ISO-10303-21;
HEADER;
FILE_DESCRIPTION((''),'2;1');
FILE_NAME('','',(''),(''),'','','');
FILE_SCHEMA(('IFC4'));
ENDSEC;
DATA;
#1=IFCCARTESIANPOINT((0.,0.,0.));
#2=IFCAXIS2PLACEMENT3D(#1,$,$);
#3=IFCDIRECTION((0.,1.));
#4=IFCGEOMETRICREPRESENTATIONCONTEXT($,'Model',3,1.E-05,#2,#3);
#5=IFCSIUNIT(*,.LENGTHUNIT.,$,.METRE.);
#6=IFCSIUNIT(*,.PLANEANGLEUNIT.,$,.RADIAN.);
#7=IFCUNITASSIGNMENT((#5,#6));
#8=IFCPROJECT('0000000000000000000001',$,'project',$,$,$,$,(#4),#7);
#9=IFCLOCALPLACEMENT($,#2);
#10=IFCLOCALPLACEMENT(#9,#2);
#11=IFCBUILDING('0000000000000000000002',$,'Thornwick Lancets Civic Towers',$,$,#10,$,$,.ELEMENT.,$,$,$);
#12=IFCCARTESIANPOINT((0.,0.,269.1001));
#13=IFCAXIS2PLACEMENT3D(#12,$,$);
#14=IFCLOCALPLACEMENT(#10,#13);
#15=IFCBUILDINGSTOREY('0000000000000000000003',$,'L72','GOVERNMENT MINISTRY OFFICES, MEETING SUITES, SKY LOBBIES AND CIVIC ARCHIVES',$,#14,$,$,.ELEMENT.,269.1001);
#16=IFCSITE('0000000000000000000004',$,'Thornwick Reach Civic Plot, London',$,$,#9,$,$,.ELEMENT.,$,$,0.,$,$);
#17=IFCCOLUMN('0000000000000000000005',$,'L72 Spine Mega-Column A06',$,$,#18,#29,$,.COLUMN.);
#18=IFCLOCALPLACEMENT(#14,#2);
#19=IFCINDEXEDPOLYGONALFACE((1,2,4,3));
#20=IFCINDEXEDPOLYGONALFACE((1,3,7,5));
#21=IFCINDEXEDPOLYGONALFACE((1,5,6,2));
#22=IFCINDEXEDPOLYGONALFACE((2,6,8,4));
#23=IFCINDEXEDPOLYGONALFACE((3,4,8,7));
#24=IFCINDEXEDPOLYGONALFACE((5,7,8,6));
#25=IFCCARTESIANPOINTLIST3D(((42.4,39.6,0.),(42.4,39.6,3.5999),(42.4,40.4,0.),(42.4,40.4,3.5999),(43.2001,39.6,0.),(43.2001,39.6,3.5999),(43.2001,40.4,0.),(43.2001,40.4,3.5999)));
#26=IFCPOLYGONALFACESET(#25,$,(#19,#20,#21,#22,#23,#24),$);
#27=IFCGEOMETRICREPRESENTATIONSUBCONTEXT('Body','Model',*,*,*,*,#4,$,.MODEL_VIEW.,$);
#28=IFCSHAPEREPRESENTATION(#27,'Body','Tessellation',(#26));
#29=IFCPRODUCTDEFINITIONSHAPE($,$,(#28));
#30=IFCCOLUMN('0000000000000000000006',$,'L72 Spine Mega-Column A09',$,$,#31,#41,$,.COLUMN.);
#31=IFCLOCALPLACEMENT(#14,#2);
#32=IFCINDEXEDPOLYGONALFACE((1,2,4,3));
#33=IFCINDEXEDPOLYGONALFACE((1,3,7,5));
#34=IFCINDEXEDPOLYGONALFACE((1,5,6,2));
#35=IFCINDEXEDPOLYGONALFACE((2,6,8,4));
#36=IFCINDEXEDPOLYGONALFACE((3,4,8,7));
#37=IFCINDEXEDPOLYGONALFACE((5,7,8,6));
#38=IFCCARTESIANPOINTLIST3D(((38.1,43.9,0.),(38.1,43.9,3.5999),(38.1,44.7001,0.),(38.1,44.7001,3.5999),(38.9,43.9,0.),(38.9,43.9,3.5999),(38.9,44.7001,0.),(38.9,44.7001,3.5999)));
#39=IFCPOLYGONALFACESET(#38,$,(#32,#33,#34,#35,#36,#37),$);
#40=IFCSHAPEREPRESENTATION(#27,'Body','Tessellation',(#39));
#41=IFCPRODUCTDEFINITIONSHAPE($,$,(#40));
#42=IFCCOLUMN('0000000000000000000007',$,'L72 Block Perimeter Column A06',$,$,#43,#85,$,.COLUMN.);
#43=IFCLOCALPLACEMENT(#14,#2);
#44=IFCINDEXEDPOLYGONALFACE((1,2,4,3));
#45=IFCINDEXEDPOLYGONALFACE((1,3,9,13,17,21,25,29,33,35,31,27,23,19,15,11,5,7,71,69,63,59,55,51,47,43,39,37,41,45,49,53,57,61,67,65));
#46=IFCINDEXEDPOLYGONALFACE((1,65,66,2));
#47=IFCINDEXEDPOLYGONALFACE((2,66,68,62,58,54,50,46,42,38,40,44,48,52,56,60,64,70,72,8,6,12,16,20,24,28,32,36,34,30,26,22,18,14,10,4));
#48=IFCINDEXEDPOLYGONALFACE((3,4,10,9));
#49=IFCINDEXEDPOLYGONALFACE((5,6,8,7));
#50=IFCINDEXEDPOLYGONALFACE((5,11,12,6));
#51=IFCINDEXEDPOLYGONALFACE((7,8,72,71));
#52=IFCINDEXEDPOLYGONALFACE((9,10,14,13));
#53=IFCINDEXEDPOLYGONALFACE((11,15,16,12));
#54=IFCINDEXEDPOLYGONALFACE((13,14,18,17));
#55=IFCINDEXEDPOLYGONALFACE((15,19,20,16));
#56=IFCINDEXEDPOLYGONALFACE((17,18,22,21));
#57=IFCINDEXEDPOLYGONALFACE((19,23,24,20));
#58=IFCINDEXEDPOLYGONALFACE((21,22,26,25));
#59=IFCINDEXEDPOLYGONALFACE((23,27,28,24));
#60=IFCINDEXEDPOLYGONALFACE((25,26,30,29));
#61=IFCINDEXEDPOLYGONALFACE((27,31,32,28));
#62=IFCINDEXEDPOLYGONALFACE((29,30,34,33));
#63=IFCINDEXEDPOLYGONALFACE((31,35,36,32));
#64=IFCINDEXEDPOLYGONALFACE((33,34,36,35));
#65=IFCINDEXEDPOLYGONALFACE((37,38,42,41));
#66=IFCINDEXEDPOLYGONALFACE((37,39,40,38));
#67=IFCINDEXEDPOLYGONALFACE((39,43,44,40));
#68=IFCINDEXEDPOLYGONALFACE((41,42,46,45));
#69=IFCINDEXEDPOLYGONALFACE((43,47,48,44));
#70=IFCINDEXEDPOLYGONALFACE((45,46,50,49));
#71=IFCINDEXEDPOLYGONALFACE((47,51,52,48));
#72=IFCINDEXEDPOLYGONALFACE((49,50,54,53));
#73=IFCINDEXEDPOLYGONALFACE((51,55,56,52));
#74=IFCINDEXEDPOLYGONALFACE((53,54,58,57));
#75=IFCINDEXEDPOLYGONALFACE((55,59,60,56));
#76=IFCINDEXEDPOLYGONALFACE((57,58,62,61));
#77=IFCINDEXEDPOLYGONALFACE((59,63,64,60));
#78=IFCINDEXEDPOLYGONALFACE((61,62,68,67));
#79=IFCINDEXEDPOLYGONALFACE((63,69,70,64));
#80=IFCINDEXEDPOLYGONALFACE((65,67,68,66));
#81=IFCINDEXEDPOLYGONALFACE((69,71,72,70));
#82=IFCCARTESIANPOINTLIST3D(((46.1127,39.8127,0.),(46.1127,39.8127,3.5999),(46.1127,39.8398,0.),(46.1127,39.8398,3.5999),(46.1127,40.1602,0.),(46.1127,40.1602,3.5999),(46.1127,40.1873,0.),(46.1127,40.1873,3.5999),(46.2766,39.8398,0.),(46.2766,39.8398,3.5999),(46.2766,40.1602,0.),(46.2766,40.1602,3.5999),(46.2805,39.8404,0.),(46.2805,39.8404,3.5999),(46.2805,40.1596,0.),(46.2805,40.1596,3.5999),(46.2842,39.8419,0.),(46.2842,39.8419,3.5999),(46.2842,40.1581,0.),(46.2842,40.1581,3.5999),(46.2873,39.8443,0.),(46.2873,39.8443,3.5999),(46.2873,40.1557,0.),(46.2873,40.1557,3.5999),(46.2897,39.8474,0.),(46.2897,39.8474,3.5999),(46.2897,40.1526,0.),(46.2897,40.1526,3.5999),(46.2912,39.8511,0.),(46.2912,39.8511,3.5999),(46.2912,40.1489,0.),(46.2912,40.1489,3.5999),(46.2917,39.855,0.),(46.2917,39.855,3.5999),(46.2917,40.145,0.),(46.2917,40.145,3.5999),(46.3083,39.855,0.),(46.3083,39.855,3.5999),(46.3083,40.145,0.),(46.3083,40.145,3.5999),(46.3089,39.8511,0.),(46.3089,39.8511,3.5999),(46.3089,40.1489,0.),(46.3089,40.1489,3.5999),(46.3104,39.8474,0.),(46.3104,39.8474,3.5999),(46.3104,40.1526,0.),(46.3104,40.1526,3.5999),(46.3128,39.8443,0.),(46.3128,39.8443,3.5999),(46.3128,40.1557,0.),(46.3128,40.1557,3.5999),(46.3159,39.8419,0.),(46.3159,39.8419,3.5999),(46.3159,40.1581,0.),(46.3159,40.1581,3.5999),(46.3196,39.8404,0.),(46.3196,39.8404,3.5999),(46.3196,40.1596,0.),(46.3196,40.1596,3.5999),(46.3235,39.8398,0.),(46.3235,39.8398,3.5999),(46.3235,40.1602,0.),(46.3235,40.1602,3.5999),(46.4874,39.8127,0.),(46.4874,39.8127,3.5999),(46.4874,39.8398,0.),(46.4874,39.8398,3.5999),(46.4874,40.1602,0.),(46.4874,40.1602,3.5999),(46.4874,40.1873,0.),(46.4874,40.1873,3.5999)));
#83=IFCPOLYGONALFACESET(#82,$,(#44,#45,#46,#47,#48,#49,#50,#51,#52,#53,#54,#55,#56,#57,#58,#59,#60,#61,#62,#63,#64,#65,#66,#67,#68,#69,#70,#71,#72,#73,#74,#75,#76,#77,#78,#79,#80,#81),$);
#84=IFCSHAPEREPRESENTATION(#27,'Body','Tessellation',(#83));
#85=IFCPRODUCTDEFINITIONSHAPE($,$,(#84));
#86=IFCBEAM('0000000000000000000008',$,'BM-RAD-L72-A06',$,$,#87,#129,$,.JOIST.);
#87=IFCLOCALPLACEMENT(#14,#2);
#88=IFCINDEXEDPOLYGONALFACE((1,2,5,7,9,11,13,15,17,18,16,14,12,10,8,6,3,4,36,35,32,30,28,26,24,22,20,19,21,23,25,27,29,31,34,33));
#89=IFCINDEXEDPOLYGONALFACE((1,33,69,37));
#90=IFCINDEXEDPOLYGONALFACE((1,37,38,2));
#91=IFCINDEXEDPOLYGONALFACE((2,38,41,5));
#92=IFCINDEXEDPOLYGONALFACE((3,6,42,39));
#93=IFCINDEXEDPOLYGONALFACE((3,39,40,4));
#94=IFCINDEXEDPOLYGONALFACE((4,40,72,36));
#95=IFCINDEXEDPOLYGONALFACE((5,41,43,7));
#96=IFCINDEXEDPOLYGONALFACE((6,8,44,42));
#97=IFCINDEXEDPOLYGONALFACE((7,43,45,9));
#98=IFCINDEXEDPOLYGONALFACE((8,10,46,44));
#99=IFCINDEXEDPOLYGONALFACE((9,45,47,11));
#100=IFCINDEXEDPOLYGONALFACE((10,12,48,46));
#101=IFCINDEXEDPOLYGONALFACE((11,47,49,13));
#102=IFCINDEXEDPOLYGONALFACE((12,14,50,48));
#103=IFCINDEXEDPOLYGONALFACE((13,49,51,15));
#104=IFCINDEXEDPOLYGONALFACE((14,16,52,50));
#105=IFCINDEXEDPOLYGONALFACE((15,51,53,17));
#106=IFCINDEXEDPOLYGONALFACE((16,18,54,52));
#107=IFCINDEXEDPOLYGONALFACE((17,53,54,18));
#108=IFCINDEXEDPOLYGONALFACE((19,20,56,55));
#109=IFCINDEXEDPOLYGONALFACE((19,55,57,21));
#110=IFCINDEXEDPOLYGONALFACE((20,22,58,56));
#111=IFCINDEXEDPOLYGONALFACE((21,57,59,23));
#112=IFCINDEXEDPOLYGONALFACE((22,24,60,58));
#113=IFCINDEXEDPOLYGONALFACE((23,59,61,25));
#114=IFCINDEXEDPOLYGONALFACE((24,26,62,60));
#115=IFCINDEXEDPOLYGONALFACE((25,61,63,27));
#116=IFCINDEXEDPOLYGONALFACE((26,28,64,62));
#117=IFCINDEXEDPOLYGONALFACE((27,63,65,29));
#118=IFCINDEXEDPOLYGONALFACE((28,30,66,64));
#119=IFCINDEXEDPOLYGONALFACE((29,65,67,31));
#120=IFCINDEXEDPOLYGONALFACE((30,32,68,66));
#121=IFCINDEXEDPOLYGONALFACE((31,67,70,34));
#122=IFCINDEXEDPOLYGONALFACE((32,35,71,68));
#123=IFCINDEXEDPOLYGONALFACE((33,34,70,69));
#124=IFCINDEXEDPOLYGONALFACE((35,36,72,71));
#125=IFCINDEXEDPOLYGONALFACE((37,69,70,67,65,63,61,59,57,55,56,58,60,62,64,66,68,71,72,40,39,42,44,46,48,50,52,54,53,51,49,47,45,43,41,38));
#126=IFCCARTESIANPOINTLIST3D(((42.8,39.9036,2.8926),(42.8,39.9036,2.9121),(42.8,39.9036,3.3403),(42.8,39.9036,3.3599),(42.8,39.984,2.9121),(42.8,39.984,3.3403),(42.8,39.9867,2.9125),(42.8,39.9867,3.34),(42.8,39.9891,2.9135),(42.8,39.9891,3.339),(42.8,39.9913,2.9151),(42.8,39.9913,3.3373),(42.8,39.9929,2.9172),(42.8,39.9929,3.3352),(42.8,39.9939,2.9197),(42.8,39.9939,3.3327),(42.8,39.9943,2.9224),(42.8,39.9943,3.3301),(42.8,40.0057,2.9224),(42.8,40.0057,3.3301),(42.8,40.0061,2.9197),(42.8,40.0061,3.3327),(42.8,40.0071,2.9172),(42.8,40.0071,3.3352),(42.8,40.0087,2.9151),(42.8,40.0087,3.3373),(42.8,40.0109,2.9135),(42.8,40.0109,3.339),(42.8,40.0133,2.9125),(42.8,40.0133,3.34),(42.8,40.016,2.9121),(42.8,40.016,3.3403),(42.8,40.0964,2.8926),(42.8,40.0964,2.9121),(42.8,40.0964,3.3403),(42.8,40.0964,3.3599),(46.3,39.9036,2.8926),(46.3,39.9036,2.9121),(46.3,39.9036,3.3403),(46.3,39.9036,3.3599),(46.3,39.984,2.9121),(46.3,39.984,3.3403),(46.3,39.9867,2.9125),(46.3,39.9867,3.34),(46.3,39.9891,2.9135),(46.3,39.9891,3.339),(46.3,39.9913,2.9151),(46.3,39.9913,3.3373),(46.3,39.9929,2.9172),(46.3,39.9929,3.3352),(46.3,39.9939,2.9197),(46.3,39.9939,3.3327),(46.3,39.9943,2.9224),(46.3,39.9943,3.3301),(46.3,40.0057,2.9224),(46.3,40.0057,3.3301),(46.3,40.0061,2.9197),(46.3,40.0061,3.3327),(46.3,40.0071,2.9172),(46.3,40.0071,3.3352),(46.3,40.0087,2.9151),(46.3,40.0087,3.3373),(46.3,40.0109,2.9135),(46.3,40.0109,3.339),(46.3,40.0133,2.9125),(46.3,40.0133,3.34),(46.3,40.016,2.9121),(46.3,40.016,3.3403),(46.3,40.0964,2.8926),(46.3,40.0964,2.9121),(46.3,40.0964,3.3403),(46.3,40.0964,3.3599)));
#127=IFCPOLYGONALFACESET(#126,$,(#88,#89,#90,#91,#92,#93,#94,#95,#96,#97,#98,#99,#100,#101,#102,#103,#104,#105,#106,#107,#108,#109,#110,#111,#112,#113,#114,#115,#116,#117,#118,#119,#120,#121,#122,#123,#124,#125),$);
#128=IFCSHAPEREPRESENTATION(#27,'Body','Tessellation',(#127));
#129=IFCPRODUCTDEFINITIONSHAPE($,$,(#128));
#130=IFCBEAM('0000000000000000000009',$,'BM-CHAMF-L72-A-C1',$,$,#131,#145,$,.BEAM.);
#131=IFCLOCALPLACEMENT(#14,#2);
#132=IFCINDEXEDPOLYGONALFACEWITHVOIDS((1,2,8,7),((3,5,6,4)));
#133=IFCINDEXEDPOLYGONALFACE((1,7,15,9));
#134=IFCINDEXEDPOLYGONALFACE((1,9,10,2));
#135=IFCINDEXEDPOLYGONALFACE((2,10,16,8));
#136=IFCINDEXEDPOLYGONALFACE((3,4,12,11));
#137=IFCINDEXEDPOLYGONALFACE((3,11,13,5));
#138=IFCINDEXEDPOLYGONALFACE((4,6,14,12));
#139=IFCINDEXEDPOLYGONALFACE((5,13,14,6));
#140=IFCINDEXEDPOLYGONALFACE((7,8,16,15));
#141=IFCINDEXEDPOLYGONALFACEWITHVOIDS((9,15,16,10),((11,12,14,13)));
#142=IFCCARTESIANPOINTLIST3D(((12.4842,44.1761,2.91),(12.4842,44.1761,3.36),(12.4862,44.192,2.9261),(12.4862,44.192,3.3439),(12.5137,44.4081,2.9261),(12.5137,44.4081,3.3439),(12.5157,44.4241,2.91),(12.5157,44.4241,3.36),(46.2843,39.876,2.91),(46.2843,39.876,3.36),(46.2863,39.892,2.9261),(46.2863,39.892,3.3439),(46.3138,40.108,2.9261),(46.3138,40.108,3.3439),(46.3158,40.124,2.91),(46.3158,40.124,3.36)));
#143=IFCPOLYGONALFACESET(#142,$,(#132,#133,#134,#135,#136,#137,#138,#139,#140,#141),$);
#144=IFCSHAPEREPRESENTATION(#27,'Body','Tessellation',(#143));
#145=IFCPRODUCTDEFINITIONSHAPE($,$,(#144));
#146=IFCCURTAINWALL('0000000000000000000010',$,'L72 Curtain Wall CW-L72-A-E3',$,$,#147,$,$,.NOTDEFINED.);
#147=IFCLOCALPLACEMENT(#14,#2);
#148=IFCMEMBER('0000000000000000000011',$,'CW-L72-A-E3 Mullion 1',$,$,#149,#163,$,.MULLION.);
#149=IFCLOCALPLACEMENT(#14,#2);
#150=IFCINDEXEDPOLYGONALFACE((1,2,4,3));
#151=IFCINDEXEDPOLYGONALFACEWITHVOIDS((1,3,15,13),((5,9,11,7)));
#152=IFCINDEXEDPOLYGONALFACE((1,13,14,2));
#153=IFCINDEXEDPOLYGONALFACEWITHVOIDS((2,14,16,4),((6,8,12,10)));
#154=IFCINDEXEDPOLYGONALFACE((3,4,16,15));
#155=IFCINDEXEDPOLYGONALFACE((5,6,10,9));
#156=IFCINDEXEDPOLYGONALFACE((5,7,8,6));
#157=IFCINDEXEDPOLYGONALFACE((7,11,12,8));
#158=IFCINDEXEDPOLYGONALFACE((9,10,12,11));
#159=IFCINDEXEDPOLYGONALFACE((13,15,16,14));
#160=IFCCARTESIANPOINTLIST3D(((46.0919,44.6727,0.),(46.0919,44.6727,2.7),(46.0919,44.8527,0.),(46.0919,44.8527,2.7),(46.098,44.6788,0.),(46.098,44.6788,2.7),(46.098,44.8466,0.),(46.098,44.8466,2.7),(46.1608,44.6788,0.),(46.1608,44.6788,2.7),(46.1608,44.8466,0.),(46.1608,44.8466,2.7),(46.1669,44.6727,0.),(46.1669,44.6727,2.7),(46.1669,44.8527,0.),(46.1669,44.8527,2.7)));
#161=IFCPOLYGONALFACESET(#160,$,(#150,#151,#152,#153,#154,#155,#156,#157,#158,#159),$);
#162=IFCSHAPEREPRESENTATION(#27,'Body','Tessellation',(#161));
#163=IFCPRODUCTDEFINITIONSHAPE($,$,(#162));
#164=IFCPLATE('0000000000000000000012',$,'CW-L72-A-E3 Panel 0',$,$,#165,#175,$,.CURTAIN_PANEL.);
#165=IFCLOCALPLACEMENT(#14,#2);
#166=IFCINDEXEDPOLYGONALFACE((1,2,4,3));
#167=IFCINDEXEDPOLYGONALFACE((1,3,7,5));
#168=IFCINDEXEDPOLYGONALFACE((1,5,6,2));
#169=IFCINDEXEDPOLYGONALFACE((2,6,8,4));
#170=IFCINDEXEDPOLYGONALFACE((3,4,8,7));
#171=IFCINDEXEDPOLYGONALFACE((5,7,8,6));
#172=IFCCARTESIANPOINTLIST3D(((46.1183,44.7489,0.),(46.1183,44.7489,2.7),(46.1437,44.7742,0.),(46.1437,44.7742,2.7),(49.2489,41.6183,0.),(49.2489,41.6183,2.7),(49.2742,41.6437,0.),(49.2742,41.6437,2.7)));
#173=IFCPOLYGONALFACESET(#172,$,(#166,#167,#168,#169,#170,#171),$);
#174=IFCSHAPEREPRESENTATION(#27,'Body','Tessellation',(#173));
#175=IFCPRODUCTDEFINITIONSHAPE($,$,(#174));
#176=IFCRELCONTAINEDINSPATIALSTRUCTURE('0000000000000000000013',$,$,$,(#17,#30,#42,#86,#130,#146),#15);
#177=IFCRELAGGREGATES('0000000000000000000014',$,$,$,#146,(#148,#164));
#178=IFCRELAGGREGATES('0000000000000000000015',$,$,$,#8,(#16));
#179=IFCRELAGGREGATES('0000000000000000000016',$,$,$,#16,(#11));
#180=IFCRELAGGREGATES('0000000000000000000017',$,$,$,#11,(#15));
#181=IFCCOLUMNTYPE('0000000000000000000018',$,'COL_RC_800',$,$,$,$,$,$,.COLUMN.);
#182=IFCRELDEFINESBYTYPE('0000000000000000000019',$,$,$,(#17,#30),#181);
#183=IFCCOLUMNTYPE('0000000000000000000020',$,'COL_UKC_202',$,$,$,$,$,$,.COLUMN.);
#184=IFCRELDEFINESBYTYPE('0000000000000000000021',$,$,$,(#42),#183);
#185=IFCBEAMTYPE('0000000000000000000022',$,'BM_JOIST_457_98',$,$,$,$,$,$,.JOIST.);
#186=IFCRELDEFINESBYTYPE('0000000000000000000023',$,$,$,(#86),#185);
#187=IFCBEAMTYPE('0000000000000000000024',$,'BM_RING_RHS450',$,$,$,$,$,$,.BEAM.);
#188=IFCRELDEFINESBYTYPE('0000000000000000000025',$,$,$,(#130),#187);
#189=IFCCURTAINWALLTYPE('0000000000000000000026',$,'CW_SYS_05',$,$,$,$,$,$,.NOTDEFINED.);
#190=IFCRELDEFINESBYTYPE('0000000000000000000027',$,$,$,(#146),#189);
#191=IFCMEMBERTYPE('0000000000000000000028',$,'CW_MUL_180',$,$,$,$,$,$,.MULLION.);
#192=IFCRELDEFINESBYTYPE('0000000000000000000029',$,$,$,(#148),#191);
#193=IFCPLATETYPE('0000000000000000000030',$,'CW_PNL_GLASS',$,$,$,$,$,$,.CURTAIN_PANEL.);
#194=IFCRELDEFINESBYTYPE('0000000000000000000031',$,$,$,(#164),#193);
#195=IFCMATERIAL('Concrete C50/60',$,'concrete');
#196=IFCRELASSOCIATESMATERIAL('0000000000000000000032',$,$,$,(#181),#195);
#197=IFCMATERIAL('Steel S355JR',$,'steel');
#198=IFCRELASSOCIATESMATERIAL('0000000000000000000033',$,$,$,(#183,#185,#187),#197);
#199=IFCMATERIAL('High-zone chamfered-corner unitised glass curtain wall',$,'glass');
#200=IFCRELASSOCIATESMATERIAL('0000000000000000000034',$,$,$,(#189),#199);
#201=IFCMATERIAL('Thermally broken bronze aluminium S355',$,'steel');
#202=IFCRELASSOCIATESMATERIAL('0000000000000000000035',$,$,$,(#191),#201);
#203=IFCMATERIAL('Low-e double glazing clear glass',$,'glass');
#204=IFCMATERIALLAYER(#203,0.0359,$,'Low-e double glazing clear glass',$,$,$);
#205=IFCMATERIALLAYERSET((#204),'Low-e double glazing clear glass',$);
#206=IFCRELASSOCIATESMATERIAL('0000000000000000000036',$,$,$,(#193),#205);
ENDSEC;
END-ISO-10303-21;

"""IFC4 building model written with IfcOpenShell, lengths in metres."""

from ifc_helpers import new_model, si_unit, direction, frame, origin, origin_2d, place, context, subcontext, project, spatial, rectangle, hollow_rectangle, i_section, extrude, material, layer, layer_set, material_profile, profile_set, type_object, element, aggregate, save


model = new_model("IFC4")

# Units and contexts
model_context = context("Model", 3, precision=1e-05, world=origin(), true_north=direction((0.0, 1.0)))
body_context = subcontext(model_context, "Body", "Model", "MODEL_VIEW")
ifc_project = project(units=[si_unit("LENGTHUNIT", "METRE"), si_unit("PLANEANGLEUNIT", "RADIAN")], contexts=[model_context])

# Site, building, storey
site_placement = place(None, origin())
site = spatial("IfcSite", under=ifc_project, at=site_placement, Name="Thornwick Reach Civic Plot, London", CompositionType="ELEMENT", RefElevation=0.0)
building_placement = place(site_placement, origin())
building = spatial("IfcBuilding", under=site, at=building_placement, Name="Thornwick Lancets Civic Towers", CompositionType="ELEMENT")
storey_placement = place(building_placement, frame((0.0, 0.0, 269.1001)))
storey = spatial("IfcBuildingStorey", under=building, at=storey_placement, Name="L72", Description="GOVERNMENT MINISTRY OFFICES, MEETING SUITES, SKY LOBBIES AND CIVIC ARCHIVES", CompositionType="ELEMENT", Elevation=269.1001)

# Columns
ifc_material_1 = material(Name="Concrete C50/60", Category="concrete")
ifc_material_profile_1 = material_profile(ifc_material_1, rectangle(XDim=0.8, YDim=0.8, at=origin_2d()), Name="RC 800x800")
ifc_profile_set_1 = profile_set([ifc_material_profile_1], Name="Concrete C50/60")
column_type_1 = type_object("IfcColumnType", Name="COL_RC_800", PredefinedType="COLUMN", material=ifc_profile_set_1)
for number, where, z_axis, x_axis, name in (
    (1, (42.8, 40.0, 0.0), (0.0, 0.0, 1.0), (1.0, 0.0, 0.0), "L72 Spine Mega-Column A06"),
    (2, (38.5, 44.3, 0.0), (0.0, 0.0, 1.0), (1.0, 0.0, 0.0), "L72 Spine Mega-Column A09"),
):
    element("IfcColumn", number, at=place(storey_placement, frame(where, z_axis=z_axis, x_axis=x_axis)), inside=storey, type_object=column_type_1, Name=name, PredefinedType="COLUMN", context=body_context, shape_type="SweptSolid", body=[
        extrude(rectangle(XDim=0.8, YDim=0.8, at=origin_2d()), origin(), (0.0, 0.0, 1.0), 3.5999),
    ])
ifc_material_2 = material(Name="Steel S355JR", Category="steel")
ifc_material_profile_2 = material_profile(ifc_material_2, i_section(OverallWidth=0.3748, OverallDepth=0.3745, WebThickness=0.0166, FlangeThickness=0.0271, FilletRadius=0.0151, at=origin_2d()), Name="UKC 356x368x202")
ifc_profile_set_2 = profile_set([ifc_material_profile_2], Name="Steel S355JR")
column_type_2 = type_object("IfcColumnType", Name="COL_UKC_202", PredefinedType="COLUMN", material=ifc_profile_set_2)
column_placement = place(storey_placement, frame((46.3, 40.0, 0.0), z_axis=(0.0, 0.0, 1.0), x_axis=(1.0, 0.0, 0.0)))
element("IfcColumn", 3, at=column_placement, inside=storey, type_object=column_type_2, Name="L72 Block Perimeter Column A06", PredefinedType="COLUMN", context=body_context, shape_type="SweptSolid", body=[
    extrude(i_section(OverallWidth=0.3748, OverallDepth=0.3745, WebThickness=0.0166, FlangeThickness=0.0271, FilletRadius=0.0151, at=origin_2d()), origin(), (0.0, 0.0, 1.0), 3.5999),
])

# Beams
ifc_material_profile_3 = material_profile(ifc_material_2, i_section(OverallWidth=0.1929, OverallDepth=0.4673, WebThickness=0.0115, FlangeThickness=0.0195, FilletRadius=0.0103, at=origin_2d()), Name="UKB 457x191x98")
ifc_profile_set_3 = profile_set([ifc_material_profile_3], Name="Steel S355JR")
beam_type_1 = type_object("IfcBeamType", Name="BM_JOIST_457_98", PredefinedType="JOIST", material=ifc_profile_set_3)
beam_1_placement = place(storey_placement, frame((42.8, 40.0, 3.1262), z_axis=(1.0, 0.0, 0.0), x_axis=(0.0, 1.0, 0.0)))
element("IfcBeam", 4, at=beam_1_placement, inside=storey, type_object=beam_type_1, Name="BM-RAD-L72-A06", PredefinedType="JOIST", context=body_context, shape_type="SweptSolid", body=[
    extrude(i_section(OverallWidth=0.1929, OverallDepth=0.4673, WebThickness=0.0115, FlangeThickness=0.0195, FilletRadius=0.0103, at=origin_2d()), origin(), (0.0, 0.0, 1.0), 3.5),
])
ifc_material_profile_4 = material_profile(ifc_material_2, hollow_rectangle(XDim=0.25, YDim=0.45, WallThickness=0.0161, at=origin_2d()), Name="RHS 450x250x16")
ifc_profile_set_4 = profile_set([ifc_material_profile_4], Name="Steel S355JR")
beam_type_2 = type_object("IfcBeamType", Name="BM_RING_RHS450", PredefinedType="BEAM", material=ifc_profile_set_4)
beam_2_placement = place(storey_placement, frame((46.3, 40.0, 3.135), z_axis=(-0.992004, 0.126203, 0.0), x_axis=(-0.126203, -0.992004, 0.0)))
element("IfcBeam", 5, at=beam_2_placement, inside=storey, type_object=beam_type_2, Name="BM-CHAMF-L72-A-C1", PredefinedType="BEAM", context=body_context, shape_type="SweptSolid", body=[
    extrude(hollow_rectangle(XDim=0.25, YDim=0.45, WallThickness=0.0161, at=origin_2d()), origin(), (0.0, 0.0, 1.0), 34.0725),
])

# Curtain wall, member, plate
ifc_material_3 = material(Name="High-zone chamfered-corner unitised glass curtain wall", Category="glass")
curtain_wall_type = type_object("IfcCurtainWallType", Name="CW_SYS_05", PredefinedType="NOTDEFINED", material=ifc_material_3)
curtain_wall_placement = place(storey_placement, origin())
curtain_wall = element("IfcCurtainWall", 6, at=curtain_wall_placement, inside=storey, type_object=curtain_wall_type, Name="L72 Curtain Wall CW-L72-A-E3", PredefinedType="NOTDEFINED")
ifc_material_4 = material(Name="Thermally broken bronze aluminium S355", Category="steel")
ifc_material_profile_5 = material_profile(ifc_material_4, hollow_rectangle(XDim=0.075, YDim=0.1799, WallThickness=0.0061, at=origin_2d()), Name="RHS 180x75x6")
ifc_profile_set_5 = profile_set([ifc_material_profile_5], Name="Thermally broken bronze aluminium S355")
member_type = type_object("IfcMemberType", Name="CW_MUL_180", PredefinedType="MULLION", material=ifc_profile_set_5)
member_placement = place(storey_placement, frame((46.1294, 44.7627, 0.0), z_axis=(0.0, 0.0, 1.0), x_axis=(1.0, 0.0, 0.0)))
member = element("IfcMember", 7, at=member_placement, type_object=member_type, Name="CW-L72-A-E3 Mullion 1", PredefinedType="MULLION", context=body_context, shape_type="SweptSolid", body=[
    extrude(hollow_rectangle(XDim=0.075, YDim=0.1799, WallThickness=0.0061, at=origin_2d()), origin(), (0.0, 0.0, 1.0), 2.7),
])
ifc_material_5 = material(Name="Low-e double glazing clear glass", Category="glass")
ifc_layer_1 = layer(ifc_material_5, 0.0359, Name="Low-e double glazing clear glass")
ifc_layer_set_1 = layer_set([ifc_layer_1], Name="Low-e double glazing clear glass")
plate_type = type_object("IfcPlateType", Name="CW_PNL_GLASS", PredefinedType="CURTAIN_PANEL", material=ifc_layer_set_1)
plate_placement = place(storey_placement, frame((47.6963, 43.1963, 0.0), z_axis=(0.0, 0.0, 1.0), x_axis=(-0.707107, 0.707107, 0.0)))
plate = element("IfcPlate", 8, at=plate_placement, type_object=plate_type, Name="CW-L72-A-E3 Panel 0", PredefinedType="CURTAIN_PANEL", context=body_context, shape_type="SweptSolid", body=[
    extrude(rectangle(XDim=4.4272, YDim=0.0359, at=origin_2d()), origin(), (0.0, 0.0, 1.0), 2.7),
])
aggregate(curtain_wall, [member, plate])

save(model, "model.ifc")
